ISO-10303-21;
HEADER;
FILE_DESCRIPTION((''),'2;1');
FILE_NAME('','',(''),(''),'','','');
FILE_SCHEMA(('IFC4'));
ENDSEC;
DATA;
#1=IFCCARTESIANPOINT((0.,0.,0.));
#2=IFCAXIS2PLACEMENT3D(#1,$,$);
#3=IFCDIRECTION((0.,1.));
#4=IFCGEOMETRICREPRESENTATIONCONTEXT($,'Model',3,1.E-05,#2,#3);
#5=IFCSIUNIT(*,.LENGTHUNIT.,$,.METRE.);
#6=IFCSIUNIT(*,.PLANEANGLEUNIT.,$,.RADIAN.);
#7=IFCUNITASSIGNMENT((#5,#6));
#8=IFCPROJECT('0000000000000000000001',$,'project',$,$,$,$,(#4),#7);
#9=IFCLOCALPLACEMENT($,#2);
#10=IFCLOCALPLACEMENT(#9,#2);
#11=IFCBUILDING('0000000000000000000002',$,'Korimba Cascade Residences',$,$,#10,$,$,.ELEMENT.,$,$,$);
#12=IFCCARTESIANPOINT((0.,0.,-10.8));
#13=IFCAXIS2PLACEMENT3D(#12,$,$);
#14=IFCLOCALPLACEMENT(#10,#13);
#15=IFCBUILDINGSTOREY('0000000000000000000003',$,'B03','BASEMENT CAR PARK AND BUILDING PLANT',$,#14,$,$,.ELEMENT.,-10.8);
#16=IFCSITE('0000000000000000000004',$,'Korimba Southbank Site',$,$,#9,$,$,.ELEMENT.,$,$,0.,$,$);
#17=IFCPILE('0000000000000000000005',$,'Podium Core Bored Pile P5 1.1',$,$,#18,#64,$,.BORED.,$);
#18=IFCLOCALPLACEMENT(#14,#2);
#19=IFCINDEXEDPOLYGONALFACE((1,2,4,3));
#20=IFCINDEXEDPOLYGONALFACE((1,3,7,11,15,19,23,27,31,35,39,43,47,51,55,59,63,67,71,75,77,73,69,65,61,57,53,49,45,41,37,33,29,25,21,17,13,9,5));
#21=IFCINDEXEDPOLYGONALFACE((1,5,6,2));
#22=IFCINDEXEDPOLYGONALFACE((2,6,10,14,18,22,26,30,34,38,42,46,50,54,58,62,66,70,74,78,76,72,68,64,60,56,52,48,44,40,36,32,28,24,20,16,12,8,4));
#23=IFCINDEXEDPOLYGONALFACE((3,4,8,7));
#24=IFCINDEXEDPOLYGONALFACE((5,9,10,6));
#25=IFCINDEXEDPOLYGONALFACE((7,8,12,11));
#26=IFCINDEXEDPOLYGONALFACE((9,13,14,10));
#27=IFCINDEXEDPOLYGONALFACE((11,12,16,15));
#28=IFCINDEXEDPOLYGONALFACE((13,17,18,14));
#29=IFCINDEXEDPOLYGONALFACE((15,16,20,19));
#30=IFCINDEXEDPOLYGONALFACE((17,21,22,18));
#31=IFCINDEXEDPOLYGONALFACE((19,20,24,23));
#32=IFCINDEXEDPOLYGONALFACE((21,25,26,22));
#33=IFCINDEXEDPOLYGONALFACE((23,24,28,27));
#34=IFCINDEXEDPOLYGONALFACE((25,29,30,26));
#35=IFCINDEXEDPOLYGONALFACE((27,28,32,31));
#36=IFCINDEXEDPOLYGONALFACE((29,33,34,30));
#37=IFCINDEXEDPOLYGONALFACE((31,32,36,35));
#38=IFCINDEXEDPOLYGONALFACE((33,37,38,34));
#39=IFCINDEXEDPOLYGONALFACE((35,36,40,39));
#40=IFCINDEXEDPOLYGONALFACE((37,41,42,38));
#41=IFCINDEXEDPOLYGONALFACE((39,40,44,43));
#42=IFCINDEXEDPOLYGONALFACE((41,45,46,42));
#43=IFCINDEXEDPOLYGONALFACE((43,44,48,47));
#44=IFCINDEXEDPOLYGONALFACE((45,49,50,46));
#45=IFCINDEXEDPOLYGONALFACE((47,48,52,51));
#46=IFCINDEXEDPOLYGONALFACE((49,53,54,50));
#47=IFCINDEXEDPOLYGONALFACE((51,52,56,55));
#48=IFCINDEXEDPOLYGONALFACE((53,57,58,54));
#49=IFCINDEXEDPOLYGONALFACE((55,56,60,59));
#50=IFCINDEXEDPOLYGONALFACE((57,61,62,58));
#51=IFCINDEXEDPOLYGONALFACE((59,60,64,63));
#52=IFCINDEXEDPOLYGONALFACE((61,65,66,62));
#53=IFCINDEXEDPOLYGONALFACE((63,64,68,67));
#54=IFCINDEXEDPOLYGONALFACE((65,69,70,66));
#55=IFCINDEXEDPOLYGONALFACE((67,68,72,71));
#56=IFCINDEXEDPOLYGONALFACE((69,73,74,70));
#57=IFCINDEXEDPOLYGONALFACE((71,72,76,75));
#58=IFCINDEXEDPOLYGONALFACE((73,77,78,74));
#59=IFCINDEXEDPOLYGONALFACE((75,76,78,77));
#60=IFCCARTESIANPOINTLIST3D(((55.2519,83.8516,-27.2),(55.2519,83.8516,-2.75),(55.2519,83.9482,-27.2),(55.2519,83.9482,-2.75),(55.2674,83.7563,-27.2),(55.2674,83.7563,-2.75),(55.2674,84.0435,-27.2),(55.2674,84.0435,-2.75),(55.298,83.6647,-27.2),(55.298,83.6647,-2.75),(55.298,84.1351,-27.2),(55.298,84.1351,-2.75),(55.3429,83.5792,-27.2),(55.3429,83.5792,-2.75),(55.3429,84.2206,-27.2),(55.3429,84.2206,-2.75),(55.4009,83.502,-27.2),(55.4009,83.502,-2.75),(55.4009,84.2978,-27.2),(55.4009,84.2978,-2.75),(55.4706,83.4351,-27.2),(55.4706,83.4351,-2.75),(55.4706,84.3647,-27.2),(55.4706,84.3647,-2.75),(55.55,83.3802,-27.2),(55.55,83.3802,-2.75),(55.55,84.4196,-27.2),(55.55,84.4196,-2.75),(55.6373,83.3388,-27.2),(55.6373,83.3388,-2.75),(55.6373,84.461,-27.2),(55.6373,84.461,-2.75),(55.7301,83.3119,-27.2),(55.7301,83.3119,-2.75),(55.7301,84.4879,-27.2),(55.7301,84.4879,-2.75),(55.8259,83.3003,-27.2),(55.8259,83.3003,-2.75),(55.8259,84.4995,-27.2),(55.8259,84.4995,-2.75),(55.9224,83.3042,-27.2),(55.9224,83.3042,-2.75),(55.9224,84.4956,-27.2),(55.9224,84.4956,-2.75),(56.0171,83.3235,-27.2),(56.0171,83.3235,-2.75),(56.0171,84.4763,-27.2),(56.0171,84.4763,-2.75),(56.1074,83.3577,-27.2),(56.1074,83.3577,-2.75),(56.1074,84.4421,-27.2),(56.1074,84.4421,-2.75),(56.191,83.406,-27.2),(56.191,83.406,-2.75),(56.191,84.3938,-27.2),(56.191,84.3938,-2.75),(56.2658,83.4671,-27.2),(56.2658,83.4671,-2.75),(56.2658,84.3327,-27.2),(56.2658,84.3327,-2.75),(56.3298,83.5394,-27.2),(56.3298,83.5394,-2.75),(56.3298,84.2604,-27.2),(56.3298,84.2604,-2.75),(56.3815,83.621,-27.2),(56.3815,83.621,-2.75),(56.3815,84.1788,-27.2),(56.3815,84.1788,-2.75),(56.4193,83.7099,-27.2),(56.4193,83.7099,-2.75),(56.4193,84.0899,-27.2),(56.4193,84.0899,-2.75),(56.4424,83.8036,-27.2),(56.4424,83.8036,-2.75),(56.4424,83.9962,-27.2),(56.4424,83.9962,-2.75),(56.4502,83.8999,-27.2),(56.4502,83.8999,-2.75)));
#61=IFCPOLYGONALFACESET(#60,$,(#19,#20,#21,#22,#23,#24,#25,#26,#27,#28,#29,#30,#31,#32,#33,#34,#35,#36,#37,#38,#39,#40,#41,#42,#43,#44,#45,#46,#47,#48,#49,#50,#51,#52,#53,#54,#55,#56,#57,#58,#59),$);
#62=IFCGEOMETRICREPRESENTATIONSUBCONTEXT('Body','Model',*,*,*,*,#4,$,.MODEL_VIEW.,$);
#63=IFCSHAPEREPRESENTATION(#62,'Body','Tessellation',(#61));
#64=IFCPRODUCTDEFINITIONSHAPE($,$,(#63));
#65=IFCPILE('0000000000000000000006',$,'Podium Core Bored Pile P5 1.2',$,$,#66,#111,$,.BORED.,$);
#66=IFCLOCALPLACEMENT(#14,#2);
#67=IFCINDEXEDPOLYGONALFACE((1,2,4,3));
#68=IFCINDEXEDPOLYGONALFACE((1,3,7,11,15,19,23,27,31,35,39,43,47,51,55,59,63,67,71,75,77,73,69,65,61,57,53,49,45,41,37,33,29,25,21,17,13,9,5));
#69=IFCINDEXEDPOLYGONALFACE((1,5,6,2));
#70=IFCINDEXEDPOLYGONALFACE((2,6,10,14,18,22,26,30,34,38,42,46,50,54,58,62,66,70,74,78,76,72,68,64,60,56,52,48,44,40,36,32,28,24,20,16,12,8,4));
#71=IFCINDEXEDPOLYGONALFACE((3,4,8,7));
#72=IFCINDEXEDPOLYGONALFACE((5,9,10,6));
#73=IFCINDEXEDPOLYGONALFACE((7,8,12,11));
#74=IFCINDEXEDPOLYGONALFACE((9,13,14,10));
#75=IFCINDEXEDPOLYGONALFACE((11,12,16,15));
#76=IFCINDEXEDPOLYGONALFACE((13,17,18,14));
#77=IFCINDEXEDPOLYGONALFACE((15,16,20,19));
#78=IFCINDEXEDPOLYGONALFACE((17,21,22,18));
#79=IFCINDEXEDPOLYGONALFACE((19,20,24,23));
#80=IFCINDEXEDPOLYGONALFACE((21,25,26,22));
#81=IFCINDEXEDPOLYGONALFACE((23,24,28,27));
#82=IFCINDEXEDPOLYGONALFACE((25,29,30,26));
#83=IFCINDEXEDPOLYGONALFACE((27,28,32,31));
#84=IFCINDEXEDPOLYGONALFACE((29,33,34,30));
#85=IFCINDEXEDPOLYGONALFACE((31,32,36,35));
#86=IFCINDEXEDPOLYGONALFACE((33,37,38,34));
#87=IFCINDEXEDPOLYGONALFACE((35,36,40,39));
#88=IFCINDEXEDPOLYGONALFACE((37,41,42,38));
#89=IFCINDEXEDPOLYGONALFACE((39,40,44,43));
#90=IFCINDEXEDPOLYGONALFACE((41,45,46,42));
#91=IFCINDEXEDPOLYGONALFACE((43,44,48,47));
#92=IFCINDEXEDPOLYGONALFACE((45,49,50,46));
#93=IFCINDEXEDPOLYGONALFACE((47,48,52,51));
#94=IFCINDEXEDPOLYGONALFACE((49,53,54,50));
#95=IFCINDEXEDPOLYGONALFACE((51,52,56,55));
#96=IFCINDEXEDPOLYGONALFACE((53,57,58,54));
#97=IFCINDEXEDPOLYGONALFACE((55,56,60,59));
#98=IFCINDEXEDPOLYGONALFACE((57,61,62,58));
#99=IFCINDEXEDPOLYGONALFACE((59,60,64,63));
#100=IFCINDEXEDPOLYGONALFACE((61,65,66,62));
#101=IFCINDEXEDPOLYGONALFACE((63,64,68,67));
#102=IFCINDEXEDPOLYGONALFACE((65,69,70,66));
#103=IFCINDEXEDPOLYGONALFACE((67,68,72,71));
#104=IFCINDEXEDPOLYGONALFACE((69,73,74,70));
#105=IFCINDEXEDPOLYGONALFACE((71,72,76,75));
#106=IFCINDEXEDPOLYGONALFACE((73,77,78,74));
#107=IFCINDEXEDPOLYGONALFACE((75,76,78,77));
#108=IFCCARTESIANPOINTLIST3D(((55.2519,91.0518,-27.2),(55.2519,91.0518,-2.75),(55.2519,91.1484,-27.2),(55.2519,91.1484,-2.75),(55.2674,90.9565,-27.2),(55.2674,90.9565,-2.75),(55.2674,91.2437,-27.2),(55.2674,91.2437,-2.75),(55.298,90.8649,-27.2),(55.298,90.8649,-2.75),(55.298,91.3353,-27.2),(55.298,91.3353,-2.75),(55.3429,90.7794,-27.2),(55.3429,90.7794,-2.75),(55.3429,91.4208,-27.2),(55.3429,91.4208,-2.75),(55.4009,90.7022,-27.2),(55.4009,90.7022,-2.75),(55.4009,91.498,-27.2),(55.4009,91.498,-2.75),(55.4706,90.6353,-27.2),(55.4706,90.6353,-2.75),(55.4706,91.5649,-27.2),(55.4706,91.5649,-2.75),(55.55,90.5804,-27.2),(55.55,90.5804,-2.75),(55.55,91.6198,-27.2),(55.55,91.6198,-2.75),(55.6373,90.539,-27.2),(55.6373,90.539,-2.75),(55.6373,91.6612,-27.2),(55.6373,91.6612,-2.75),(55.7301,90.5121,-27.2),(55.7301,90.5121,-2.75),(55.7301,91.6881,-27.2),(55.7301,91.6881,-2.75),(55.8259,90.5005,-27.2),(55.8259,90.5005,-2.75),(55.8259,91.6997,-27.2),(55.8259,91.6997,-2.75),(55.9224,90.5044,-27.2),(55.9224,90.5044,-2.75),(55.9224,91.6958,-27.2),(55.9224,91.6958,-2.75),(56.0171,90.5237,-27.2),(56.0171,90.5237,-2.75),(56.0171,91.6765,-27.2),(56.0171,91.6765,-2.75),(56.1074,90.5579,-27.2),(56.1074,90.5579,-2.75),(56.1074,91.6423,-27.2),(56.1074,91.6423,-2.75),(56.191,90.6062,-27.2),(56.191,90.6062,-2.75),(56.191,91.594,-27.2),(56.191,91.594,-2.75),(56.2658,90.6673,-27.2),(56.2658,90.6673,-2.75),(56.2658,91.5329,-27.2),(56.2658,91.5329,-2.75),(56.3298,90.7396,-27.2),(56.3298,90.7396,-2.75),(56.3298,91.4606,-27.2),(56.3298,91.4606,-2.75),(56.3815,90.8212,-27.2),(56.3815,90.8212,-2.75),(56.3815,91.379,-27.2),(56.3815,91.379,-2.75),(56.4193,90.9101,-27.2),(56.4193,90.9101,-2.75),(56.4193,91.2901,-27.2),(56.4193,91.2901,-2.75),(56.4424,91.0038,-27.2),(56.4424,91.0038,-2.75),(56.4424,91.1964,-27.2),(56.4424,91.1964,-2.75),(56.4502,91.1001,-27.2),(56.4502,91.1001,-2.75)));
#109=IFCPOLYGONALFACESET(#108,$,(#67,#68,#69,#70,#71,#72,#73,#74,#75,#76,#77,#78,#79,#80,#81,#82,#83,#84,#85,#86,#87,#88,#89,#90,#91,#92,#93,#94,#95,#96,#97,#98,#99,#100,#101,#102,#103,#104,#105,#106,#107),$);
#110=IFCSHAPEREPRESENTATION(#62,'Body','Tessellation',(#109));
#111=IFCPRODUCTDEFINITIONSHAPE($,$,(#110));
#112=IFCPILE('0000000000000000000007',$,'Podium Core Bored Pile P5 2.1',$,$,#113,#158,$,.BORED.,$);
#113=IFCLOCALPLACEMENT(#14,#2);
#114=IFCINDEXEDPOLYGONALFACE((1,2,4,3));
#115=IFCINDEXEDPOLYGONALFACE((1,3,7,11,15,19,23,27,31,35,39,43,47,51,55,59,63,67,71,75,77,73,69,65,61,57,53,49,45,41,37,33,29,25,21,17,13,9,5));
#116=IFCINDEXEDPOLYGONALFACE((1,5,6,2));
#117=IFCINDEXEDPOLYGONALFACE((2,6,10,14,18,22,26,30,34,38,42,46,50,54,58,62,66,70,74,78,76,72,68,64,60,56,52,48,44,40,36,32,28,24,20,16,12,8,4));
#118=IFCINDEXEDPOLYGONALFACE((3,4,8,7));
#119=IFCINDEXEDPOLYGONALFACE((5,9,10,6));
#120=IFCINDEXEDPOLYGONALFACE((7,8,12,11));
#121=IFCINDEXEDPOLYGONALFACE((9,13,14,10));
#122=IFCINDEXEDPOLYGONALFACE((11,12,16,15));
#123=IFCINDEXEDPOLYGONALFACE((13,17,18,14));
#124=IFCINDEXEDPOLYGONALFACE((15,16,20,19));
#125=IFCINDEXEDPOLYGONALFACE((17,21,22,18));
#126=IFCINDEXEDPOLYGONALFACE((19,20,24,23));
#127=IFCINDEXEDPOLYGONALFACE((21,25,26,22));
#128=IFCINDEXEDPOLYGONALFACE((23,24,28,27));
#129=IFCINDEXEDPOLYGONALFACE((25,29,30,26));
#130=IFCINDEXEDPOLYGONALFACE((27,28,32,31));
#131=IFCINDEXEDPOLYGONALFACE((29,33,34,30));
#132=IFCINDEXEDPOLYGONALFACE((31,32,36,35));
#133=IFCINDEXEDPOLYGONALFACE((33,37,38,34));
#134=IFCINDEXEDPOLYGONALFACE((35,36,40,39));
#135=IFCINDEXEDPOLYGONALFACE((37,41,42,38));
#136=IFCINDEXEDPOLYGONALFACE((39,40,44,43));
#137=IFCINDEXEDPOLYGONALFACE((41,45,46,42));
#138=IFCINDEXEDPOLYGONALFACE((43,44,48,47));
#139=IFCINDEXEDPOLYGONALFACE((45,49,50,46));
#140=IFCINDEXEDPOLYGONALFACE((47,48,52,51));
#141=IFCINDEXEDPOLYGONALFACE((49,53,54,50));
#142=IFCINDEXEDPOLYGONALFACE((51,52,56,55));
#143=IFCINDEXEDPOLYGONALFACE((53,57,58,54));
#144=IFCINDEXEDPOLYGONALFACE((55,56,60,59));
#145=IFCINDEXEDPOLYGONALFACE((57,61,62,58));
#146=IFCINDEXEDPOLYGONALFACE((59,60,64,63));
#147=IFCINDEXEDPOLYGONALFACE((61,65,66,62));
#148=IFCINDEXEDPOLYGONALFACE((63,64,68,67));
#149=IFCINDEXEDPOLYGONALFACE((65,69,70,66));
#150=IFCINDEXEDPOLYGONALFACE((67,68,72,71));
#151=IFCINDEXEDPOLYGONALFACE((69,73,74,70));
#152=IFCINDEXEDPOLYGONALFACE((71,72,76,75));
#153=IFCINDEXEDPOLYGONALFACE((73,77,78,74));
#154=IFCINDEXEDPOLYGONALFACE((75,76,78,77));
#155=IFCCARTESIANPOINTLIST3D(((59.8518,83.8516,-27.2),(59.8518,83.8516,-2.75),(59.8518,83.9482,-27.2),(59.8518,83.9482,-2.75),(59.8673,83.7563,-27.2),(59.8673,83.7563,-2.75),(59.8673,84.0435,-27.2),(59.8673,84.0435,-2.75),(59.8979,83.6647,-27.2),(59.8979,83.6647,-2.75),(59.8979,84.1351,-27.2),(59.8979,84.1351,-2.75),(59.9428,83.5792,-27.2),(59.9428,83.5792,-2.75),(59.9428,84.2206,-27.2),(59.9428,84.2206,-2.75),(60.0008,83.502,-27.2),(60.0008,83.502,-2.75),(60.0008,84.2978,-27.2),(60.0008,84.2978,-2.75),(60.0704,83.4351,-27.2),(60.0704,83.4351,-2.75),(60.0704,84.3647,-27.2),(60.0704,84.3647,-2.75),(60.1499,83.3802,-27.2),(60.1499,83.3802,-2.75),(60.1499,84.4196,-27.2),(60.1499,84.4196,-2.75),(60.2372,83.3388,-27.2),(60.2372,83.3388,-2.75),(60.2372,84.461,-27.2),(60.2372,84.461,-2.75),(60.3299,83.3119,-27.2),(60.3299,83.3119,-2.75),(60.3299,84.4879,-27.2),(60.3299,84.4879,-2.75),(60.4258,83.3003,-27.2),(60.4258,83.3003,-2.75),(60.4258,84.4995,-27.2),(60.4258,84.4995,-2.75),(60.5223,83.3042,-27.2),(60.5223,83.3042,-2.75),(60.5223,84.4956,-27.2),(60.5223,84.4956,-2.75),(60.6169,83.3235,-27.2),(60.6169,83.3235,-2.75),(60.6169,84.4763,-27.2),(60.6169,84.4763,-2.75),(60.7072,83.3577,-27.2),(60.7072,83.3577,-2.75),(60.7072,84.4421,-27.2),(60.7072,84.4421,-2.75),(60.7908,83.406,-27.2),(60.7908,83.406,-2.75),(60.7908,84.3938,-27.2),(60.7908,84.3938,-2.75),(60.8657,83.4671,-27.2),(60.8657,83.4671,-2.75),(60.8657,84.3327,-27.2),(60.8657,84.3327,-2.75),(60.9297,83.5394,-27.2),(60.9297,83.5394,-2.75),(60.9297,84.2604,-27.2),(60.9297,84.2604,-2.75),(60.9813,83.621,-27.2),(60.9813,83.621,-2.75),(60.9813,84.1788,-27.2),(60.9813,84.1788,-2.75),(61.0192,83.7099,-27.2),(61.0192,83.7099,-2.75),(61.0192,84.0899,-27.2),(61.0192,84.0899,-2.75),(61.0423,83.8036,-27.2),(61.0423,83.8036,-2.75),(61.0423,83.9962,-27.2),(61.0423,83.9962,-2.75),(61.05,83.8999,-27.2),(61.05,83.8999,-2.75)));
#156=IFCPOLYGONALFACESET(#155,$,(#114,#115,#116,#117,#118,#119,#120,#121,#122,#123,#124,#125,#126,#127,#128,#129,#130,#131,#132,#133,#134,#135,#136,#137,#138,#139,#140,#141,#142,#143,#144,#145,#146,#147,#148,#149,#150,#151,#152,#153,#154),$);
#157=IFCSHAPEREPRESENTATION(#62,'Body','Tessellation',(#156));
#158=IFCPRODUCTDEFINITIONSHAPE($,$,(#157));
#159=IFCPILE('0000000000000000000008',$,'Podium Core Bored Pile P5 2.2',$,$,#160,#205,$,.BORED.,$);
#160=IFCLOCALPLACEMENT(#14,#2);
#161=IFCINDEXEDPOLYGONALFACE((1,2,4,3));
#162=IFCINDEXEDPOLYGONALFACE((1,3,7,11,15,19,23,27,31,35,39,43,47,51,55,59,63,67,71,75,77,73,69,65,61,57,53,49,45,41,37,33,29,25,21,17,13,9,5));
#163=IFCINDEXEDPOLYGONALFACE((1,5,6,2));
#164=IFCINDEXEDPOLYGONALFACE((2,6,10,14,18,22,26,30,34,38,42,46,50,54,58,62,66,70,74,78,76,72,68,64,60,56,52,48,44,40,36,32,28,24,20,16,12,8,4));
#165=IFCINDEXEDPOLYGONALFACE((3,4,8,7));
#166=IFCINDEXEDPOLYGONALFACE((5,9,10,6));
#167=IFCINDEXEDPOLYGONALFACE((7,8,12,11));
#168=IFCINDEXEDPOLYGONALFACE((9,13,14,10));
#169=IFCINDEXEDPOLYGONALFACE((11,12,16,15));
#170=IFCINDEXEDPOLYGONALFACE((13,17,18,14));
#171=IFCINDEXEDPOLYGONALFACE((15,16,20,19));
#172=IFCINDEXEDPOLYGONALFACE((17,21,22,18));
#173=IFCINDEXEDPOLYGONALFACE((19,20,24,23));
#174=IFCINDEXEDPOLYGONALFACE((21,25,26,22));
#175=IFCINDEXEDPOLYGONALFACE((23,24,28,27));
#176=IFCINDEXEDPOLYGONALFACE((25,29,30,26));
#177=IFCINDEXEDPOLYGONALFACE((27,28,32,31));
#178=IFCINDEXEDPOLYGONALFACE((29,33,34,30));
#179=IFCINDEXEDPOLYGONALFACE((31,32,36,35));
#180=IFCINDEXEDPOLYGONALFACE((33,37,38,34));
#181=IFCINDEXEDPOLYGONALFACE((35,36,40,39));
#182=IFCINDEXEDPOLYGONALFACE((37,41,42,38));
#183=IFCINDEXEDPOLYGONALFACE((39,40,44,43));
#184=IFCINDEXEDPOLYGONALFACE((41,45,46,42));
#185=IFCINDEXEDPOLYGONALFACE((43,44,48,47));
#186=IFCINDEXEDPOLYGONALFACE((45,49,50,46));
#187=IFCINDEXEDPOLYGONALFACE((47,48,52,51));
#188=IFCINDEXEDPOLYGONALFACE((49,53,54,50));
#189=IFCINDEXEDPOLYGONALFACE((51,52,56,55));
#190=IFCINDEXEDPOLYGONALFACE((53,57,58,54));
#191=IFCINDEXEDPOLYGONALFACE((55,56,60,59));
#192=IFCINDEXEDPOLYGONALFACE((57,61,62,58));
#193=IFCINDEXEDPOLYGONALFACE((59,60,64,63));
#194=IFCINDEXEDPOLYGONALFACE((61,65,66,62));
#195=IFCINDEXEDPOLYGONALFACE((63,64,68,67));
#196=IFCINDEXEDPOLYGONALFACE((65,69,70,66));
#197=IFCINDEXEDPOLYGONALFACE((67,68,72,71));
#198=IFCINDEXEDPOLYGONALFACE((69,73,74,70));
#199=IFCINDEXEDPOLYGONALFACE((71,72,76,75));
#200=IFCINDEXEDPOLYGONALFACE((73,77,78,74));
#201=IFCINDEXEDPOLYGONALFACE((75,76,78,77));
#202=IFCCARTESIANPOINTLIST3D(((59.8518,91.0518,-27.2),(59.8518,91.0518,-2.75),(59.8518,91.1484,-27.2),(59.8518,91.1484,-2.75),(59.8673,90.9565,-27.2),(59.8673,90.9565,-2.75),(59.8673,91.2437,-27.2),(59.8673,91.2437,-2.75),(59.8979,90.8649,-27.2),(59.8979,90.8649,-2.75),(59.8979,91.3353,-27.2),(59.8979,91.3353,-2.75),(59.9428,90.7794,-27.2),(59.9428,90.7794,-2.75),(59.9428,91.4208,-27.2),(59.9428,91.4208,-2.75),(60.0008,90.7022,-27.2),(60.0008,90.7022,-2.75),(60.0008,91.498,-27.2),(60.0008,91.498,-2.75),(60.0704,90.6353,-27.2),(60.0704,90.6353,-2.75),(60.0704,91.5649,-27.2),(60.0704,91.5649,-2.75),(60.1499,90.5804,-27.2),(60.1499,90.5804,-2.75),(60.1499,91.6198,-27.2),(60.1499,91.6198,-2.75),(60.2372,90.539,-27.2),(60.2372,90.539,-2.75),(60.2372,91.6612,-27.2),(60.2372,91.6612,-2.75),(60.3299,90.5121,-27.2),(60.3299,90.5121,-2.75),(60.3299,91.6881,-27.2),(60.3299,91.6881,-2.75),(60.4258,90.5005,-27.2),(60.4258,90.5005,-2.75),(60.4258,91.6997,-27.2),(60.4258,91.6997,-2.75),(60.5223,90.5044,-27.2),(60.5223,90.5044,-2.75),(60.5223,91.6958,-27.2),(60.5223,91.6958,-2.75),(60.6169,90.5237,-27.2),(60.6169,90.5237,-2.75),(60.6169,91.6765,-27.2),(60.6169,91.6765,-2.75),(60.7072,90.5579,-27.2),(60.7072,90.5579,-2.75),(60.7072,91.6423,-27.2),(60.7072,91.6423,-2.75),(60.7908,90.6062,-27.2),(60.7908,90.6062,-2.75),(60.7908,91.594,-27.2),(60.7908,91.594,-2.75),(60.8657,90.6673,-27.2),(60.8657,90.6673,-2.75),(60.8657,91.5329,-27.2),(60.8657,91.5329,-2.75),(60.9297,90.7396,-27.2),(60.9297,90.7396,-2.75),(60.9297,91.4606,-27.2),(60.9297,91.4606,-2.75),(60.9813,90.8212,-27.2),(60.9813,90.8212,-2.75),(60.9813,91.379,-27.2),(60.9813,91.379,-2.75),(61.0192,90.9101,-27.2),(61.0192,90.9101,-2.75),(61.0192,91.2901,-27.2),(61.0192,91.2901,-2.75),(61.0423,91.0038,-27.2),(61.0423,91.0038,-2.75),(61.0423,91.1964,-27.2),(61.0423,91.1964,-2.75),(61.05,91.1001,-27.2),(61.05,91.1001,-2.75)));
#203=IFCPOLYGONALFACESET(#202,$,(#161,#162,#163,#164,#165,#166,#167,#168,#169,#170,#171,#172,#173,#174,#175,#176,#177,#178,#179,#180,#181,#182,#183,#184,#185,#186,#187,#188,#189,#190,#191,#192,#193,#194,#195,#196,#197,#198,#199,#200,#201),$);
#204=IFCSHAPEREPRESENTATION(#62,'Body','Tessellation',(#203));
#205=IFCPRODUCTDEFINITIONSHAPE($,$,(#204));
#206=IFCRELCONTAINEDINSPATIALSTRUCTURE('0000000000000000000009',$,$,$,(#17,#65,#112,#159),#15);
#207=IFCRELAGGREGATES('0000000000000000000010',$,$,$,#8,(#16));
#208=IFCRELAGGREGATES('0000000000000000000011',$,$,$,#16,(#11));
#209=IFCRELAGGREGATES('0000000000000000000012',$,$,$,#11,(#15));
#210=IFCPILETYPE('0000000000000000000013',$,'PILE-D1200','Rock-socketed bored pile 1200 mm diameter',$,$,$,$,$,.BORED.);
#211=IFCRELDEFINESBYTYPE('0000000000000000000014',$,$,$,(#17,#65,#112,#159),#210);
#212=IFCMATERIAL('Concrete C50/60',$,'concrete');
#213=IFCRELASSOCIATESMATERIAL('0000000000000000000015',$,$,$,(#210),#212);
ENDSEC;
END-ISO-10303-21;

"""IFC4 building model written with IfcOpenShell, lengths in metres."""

from ifc_helpers import new_model, si_unit, direction, frame, origin, origin_2d, place, context, subcontext, project, spatial, circle, extrude, material, material_profile, profile_set, type_object, element, save


model = new_model("IFC4")

# Units and contexts
model_context = context("Model", 3, precision=1e-05, world=origin(), true_north=direction((0.0, 1.0)))
body_context = subcontext(model_context, "Body", "Model", "MODEL_VIEW")
ifc_project = project(units=[si_unit("LENGTHUNIT", "METRE"), si_unit("PLANEANGLEUNIT", "RADIAN")], contexts=[model_context])

# Site, building, storey
site_placement = place(None, origin())
site = spatial("IfcSite", under=ifc_project, at=site_placement, Name="Korimba Southbank Site", CompositionType="ELEMENT", RefElevation=0.0)
building_placement = place(site_placement, origin())
building = spatial("IfcBuilding", under=site, at=building_placement, Name="Korimba Cascade Residences", CompositionType="ELEMENT")
storey_placement = place(building_placement, frame((0.0, 0.0, -10.8)))
storey = spatial("IfcBuildingStorey", under=building, at=storey_placement, Name="B03", Description="BASEMENT CAR PARK AND BUILDING PLANT", CompositionType="ELEMENT", Elevation=-10.8)

# Piles
ifc_material_1 = material(Name="Concrete C50/60", Category="concrete")
ifc_material_profile_1 = material_profile(ifc_material_1, circle(Radius=0.6001, at=origin_2d()), Name="Concrete C50/60")
ifc_profile_set_1 = profile_set([ifc_material_profile_1], Name="Concrete C50/60")
pile_type = type_object("IfcPileType", Name="PILE-D1200", Description="Rock-socketed bored pile 1200 mm diameter", PredefinedType="BORED", material=ifc_profile_set_1)
for number, where, z_axis, x_axis, name in (
    (1, (55.8501, 83.8999, -2.75), (0.0, 0.0, -1.0), (1.0, 0.0, 0.0), "Podium Core Bored Pile P5 1.1"),
    (2, (55.8501, 91.1001, -2.75), (0.0, 0.0, -1.0), (1.0, 0.0, 0.0), "Podium Core Bored Pile P5 1.2"),
    (3, (60.45, 83.8999, -2.75), (0.0, 0.0, -1.0), (1.0, 0.0, 0.0), "Podium Core Bored Pile P5 2.1"),
    (4, (60.45, 91.1001, -2.75), (0.0, 0.0, -1.0), (1.0, 0.0, 0.0), "Podium Core Bored Pile P5 2.2"),
):
    element("IfcPile", number, at=place(storey_placement, frame(where, z_axis=z_axis, x_axis=x_axis)), inside=storey, type_object=pile_type, Name=name, PredefinedType="BORED", context=body_context, shape_type="SweptSolid", body=[
        extrude(circle(Radius=0.6001, at=origin_2d()), origin(), (0.0, 0.0, 1.0), 24.45),
    ])

save(model, "model.ifc")
